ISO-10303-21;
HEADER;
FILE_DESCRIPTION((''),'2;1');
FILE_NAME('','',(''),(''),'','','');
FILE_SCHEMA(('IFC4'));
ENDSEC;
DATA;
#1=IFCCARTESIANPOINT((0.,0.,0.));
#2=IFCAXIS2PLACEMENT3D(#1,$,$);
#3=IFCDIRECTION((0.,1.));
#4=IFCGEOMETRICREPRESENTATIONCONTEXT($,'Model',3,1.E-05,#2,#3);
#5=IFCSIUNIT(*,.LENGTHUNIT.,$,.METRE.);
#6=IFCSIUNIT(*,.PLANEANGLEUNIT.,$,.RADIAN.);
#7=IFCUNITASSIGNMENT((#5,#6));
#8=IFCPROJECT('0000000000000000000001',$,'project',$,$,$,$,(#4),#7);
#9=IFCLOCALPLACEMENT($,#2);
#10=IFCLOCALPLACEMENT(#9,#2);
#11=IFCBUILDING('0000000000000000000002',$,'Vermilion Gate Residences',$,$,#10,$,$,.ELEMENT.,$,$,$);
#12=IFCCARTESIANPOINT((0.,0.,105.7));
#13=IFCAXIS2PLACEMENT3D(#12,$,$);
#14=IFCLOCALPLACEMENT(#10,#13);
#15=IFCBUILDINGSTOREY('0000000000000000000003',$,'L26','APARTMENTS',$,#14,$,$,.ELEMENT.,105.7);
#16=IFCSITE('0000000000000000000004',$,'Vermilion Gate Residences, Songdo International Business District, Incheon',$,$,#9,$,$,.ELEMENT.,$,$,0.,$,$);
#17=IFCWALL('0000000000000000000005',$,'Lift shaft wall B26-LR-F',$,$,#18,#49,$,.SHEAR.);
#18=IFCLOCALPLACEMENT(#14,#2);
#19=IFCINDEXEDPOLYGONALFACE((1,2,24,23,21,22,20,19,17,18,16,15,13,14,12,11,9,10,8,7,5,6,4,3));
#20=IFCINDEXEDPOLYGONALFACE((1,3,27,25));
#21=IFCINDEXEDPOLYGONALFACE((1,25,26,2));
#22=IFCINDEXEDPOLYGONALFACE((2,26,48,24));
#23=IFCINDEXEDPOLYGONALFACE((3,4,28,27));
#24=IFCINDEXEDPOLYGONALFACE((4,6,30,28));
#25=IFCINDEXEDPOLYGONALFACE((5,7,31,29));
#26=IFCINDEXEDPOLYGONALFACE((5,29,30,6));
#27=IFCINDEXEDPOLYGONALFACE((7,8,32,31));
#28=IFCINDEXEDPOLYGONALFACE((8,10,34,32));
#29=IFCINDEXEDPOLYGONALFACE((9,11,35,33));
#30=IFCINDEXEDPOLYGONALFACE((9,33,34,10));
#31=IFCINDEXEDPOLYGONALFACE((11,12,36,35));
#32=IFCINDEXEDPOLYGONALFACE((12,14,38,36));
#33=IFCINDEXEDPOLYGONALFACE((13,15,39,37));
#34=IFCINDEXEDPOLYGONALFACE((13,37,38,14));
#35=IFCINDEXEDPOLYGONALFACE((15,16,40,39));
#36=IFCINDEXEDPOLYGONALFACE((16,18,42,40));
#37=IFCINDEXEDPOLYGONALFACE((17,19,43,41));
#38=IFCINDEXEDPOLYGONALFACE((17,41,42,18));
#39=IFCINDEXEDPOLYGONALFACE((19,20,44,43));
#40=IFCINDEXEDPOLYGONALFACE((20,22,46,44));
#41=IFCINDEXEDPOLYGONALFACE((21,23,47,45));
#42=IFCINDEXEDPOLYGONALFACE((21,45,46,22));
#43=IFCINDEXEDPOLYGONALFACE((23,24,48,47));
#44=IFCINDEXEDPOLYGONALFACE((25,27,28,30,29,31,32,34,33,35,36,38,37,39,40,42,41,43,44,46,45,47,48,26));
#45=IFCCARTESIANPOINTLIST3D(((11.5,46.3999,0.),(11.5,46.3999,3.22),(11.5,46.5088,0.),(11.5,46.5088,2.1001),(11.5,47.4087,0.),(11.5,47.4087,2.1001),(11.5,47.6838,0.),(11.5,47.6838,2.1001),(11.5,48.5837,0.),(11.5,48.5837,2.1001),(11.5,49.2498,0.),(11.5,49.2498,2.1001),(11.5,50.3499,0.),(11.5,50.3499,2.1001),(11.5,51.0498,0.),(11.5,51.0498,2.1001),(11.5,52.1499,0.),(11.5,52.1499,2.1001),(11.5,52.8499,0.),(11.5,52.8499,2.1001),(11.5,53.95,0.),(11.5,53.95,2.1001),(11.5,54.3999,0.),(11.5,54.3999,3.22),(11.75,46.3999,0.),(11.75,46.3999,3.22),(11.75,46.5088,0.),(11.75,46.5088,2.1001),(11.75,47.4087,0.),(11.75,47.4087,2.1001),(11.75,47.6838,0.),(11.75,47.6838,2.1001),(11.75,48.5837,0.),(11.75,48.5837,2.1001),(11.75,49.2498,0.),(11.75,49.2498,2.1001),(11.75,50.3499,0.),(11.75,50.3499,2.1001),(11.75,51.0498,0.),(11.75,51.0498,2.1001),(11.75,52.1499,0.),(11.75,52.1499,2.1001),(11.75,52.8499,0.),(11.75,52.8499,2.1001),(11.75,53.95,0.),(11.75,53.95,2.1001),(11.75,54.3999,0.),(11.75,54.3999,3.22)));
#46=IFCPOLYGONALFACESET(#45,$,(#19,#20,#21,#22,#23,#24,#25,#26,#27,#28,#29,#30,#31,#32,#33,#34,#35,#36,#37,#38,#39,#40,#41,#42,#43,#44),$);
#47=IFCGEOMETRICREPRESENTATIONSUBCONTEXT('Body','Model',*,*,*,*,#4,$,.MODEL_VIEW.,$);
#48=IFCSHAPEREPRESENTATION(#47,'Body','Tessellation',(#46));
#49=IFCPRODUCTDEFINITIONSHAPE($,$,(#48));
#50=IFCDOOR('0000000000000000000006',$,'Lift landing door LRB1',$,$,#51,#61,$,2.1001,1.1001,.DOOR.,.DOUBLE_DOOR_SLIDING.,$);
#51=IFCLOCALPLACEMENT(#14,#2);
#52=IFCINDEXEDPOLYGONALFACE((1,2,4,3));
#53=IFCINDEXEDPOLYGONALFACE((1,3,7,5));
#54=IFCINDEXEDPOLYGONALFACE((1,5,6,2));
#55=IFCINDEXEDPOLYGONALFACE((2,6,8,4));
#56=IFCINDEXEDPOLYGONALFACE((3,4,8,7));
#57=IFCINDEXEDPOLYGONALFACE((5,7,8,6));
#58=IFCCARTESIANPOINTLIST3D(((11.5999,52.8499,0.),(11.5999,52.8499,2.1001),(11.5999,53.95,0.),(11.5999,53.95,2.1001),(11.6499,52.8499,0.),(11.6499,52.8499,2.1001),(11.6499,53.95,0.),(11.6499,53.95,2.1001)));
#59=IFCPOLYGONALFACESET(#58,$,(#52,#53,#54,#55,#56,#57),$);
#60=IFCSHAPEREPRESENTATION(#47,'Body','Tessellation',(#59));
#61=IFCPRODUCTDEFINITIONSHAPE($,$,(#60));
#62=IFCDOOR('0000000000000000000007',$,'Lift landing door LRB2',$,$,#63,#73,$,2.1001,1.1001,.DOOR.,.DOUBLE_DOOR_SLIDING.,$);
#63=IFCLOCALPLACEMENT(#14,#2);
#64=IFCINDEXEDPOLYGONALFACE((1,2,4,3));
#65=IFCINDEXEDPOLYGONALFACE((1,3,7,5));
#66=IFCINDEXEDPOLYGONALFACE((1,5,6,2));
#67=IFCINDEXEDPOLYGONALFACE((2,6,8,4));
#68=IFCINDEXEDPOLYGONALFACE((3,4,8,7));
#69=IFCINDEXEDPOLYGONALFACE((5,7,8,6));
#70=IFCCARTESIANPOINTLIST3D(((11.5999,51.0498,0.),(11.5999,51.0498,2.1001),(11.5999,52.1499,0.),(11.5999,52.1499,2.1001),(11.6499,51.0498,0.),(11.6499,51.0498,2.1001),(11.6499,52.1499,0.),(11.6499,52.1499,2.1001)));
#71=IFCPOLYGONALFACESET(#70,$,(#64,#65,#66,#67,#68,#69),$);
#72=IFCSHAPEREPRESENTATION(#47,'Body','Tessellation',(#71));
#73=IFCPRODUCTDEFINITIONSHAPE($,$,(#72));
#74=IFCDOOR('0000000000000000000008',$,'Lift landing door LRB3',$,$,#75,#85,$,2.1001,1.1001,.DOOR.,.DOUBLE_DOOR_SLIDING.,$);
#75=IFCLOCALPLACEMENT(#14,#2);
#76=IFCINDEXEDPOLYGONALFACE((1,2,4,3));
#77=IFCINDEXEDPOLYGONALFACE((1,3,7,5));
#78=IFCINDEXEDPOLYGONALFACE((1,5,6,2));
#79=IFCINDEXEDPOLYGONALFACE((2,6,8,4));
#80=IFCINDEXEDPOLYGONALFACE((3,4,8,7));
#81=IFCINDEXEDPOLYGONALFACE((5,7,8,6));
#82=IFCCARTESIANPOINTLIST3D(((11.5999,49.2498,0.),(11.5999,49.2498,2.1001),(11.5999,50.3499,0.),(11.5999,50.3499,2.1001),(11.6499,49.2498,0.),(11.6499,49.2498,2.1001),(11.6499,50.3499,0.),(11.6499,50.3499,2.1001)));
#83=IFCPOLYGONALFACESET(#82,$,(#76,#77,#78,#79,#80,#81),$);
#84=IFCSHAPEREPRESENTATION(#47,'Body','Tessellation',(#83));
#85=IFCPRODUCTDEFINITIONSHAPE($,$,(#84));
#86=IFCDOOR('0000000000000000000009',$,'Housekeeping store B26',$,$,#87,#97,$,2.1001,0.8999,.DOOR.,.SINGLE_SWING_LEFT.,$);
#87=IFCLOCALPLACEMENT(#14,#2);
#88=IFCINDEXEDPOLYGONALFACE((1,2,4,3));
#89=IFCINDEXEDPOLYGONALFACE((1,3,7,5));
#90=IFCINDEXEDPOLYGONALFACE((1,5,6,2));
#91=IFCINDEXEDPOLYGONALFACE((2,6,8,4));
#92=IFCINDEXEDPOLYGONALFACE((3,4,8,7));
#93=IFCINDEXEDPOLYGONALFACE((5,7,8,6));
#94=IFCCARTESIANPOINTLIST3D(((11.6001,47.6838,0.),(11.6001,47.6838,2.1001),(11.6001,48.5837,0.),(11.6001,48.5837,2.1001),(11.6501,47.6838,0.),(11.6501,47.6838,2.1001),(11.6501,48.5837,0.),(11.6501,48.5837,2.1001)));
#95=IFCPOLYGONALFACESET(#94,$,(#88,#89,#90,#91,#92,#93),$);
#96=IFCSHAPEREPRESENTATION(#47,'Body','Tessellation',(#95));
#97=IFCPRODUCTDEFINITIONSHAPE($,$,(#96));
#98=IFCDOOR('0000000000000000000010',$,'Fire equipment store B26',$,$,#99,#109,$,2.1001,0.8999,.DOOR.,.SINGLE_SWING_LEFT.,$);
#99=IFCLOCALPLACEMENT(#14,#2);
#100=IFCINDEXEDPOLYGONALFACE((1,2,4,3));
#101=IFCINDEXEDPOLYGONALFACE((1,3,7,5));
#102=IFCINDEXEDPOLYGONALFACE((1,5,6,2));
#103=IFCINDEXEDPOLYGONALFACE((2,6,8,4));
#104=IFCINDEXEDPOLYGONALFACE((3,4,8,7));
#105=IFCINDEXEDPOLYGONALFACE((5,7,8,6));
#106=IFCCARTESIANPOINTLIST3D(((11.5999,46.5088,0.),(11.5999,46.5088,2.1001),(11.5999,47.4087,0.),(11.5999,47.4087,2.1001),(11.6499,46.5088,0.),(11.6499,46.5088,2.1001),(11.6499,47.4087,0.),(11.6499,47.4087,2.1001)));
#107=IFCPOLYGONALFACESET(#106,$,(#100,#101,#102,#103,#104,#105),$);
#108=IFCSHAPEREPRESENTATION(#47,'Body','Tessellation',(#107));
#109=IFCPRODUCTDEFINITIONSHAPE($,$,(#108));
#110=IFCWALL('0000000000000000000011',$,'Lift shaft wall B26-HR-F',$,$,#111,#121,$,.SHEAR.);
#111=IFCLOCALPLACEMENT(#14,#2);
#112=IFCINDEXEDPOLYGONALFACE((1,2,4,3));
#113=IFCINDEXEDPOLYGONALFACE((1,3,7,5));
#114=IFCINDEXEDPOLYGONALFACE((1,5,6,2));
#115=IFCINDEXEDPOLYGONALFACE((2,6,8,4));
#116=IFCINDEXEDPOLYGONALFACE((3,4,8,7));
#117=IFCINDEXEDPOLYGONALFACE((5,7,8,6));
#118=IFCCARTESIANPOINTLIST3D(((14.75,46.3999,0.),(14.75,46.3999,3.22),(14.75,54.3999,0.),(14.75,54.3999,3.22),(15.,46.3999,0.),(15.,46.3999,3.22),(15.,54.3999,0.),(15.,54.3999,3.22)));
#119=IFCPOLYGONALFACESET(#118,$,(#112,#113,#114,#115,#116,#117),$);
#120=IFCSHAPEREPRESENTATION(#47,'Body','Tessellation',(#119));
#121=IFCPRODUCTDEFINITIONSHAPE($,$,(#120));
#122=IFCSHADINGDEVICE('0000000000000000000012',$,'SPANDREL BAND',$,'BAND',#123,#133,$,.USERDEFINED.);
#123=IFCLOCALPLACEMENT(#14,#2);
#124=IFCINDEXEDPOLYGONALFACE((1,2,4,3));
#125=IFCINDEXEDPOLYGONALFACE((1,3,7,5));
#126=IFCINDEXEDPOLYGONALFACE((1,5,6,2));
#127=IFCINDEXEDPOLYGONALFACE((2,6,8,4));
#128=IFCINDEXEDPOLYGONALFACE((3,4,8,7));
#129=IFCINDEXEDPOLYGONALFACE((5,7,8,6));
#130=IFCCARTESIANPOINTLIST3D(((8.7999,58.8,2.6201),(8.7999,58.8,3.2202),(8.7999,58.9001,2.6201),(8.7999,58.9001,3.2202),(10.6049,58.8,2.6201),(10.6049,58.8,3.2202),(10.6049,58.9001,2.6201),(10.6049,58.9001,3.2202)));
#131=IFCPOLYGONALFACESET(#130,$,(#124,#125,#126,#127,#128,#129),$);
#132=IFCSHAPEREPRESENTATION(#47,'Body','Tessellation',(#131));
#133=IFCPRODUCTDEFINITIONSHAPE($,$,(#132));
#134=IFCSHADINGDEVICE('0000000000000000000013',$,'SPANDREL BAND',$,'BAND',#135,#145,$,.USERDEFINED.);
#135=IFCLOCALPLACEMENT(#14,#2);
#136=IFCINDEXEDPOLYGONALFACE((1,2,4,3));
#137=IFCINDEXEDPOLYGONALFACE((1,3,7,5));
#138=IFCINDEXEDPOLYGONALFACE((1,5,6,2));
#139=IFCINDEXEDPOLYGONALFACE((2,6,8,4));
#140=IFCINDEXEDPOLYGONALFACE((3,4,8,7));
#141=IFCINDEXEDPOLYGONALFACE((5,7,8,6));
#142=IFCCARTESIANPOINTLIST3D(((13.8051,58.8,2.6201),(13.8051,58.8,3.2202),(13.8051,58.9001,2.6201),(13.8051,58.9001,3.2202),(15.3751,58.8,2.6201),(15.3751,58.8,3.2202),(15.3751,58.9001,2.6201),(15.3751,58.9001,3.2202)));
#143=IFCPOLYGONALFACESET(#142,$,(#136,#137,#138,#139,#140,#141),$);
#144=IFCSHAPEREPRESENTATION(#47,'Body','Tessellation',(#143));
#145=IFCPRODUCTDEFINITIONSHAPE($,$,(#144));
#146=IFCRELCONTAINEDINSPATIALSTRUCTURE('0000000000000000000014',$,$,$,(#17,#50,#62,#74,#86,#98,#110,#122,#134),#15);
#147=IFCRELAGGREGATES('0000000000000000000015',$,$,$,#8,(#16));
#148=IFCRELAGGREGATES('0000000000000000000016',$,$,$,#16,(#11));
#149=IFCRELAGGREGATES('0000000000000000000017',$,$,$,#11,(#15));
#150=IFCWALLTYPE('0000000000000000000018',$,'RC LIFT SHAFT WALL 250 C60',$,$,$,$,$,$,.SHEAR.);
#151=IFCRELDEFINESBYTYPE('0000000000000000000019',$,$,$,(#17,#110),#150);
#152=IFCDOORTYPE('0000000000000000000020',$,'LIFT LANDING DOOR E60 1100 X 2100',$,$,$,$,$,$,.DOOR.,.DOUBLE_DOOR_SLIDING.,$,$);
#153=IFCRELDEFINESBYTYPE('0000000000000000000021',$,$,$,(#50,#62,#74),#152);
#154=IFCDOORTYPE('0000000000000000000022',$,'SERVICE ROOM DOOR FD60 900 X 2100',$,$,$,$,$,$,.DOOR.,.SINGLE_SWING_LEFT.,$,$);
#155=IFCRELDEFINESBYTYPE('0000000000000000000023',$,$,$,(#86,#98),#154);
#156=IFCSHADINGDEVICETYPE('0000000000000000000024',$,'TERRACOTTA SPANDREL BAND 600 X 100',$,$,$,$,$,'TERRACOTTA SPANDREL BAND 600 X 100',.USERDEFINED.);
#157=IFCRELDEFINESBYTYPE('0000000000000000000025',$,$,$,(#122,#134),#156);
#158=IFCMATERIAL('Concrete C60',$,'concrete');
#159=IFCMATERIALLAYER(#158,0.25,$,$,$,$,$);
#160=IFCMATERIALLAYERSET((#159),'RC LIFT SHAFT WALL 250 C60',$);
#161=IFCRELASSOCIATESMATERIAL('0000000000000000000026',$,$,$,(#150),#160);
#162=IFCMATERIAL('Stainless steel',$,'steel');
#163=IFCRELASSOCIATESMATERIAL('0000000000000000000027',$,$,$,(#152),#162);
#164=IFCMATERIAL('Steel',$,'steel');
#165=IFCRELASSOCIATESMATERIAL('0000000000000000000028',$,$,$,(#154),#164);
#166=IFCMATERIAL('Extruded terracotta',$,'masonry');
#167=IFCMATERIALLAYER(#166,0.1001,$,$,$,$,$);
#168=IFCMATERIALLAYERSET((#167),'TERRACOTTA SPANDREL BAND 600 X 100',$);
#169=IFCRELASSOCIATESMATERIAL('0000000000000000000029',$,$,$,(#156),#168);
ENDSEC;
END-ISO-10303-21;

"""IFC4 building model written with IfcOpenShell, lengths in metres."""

from ifc_helpers import new_model, si_unit, direction, frame, frame_2d, origin, origin_2d, place, context, subcontext, project, spatial, rectangle, extrude, material, layer, layer_set, type_object, element, fill, save


model = new_model("IFC4")

# Units and contexts
model_context = context("Model", 3, precision=1e-05, world=origin(), true_north=direction((0.0, 1.0)))
body_context = subcontext(model_context, "Body", "Model", "MODEL_VIEW")
ifc_project = project(units=[si_unit("LENGTHUNIT", "METRE"), si_unit("PLANEANGLEUNIT", "RADIAN")], contexts=[model_context])

# Site, building, storey
site_placement = place(None, origin())
site = spatial("IfcSite", under=ifc_project, at=site_placement, Name="Vermilion Gate Residences, Songdo International Business District, Incheon", CompositionType="ELEMENT", RefElevation=0.0)
building_placement = place(site_placement, origin())
building = spatial("IfcBuilding", under=site, at=building_placement, Name="Vermilion Gate Residences", CompositionType="ELEMENT")
storey_placement = place(building_placement, frame((0.0, 0.0, 105.7)))
storey = spatial("IfcBuildingStorey", under=building, at=storey_placement, Name="L26", Description="APARTMENTS", CompositionType="ELEMENT", Elevation=105.7)

# Wall, openings, doors
ifc_material_1 = material(Name="Concrete C60", Category="concrete")
ifc_layer_1 = layer(ifc_material_1, 0.25)
ifc_layer_set_1 = layer_set([ifc_layer_1], Name="RC LIFT SHAFT WALL 250 C60")
wall_type_1 = type_object("IfcWallType", Name="RC LIFT SHAFT WALL 250 C60", PredefinedType="SHEAR", material=ifc_layer_set_1)
wall_1_placement = place(storey_placement, frame((11.625, 54.3999, 0.0), z_axis=(0.0, 0.0, 1.0), x_axis=(0.0, -1.0, 0.0)))
wall_1 = element("IfcWall", 1, at=wall_1_placement, inside=storey, type_object=wall_type_1, Name="Lift shaft wall B26-LR-F", PredefinedType="SHEAR", context=body_context, shape_type="SweptSolid", body=[
    extrude(rectangle(XDim=8.0, YDim=0.25, at=frame_2d((4.0, 0.0))), origin(), (0.0, 0.0, 1.0), 3.22),
])
opening_1_placement = place(wall_1_placement, frame((0.45, 0.0, 0.0)))
opening_1 = element("IfcOpeningElement", 2, at=opening_1_placement, cuts=wall_1, PredefinedType="OPENING", context=body_context, shape_type="SweptSolid", body=[
    extrude(rectangle(XDim=1.1001, YDim=2.1001, at=frame_2d((0.55, 1.05))), frame((0.0, 0.135, 0.0), z_axis=(0.0, -1.0, 0.0), x_axis=(1.0, 0.0, 0.0)), (0.0, 0.0, 1.0), 0.27),
])
opening_2_placement = place(wall_1_placement, frame((2.25, 0.0, 0.0)))
opening_2 = element("IfcOpeningElement", 3, at=opening_2_placement, cuts=wall_1, PredefinedType="OPENING", context=body_context, shape_type="SweptSolid", body=[
    extrude(rectangle(XDim=1.1001, YDim=2.1001, at=frame_2d((0.55, 1.05))), frame((0.0, 0.135, 0.0), z_axis=(0.0, -1.0, 0.0), x_axis=(1.0, 0.0, 0.0)), (0.0, 0.0, 1.0), 0.27),
])
opening_3_placement = place(wall_1_placement, frame((4.05, 0.0, 0.0)))
opening_3 = element("IfcOpeningElement", 4, at=opening_3_placement, cuts=wall_1, PredefinedType="OPENING", context=body_context, shape_type="SweptSolid", body=[
    extrude(rectangle(XDim=1.1001, YDim=2.1001, at=frame_2d((0.55, 1.05))), frame((0.0, 0.135, 0.0), z_axis=(0.0, -1.0, 0.0), x_axis=(1.0, 0.0, 0.0)), (0.0, 0.0, 1.0), 0.27),
])
opening_4_placement = place(wall_1_placement, frame((5.8162, 0.0, 0.0)))
opening_4 = element("IfcOpeningElement", 5, at=opening_4_placement, cuts=wall_1, PredefinedType="OPENING", context=body_context, shape_type="SweptSolid", body=[
    extrude(rectangle(XDim=0.8999, YDim=2.1001, at=frame_2d((0.45, 1.05))), frame((0.0, 0.135, 0.0), z_axis=(0.0, -1.0, 0.0), x_axis=(1.0, 0.0, 0.0)), (0.0, 0.0, 1.0), 0.27),
])
opening_5_placement = place(wall_1_placement, frame((6.9912, 0.0, 0.0)))
opening_5 = element("IfcOpeningElement", 6, at=opening_5_placement, cuts=wall_1, PredefinedType="OPENING", context=body_context, shape_type="SweptSolid", body=[
    extrude(rectangle(XDim=0.8999, YDim=2.1001, at=frame_2d((0.45, 1.05))), frame((0.0, 0.135, 0.0), z_axis=(0.0, -1.0, 0.0), x_axis=(1.0, 0.0, 0.0)), (0.0, 0.0, 1.0), 0.27),
])
ifc_material_2 = material(Name="Stainless steel", Category="steel")
door_type_1 = type_object("IfcDoorType", Name="LIFT LANDING DOOR E60 1100 X 2100", OperationType="DOUBLE_DOOR_SLIDING", PredefinedType="DOOR", material=ifc_material_2)
door_1_placement = place(opening_1_placement, origin())
door_1 = element("IfcDoor", 7, at=door_1_placement, inside=storey, type_object=door_type_1, Name="Lift landing door LRB1", OperationType="DOUBLE_DOOR_SLIDING", OverallHeight=2.1001, OverallWidth=1.1001, PredefinedType="DOOR", context=body_context, shape_type="SweptSolid", body=[
    extrude(rectangle(XDim=1.1001, YDim=2.1001, at=frame_2d((0.55, 1.05))), frame((0.0, 0.0249, 0.0), z_axis=(0.0, -1.0, 0.0), x_axis=(1.0, 0.0, 0.0)), (0.0, 0.0, 1.0), 0.05),
])
fill(opening_1, door_1)
door_2_placement = place(opening_2_placement, origin())
door_2 = element("IfcDoor", 8, at=door_2_placement, inside=storey, type_object=door_type_1, Name="Lift landing door LRB2", OperationType="DOUBLE_DOOR_SLIDING", OverallHeight=2.1001, OverallWidth=1.1001, PredefinedType="DOOR", context=body_context, shape_type="SweptSolid", body=[
    extrude(rectangle(XDim=1.1001, YDim=2.1001, at=frame_2d((0.55, 1.05))), frame((0.0, 0.0249, 0.0), z_axis=(0.0, -1.0, 0.0), x_axis=(1.0, 0.0, 0.0)), (0.0, 0.0, 1.0), 0.05),
])
fill(opening_2, door_2)
door_3_placement = place(opening_3_placement, origin())
door_3 = element("IfcDoor", 9, at=door_3_placement, inside=storey, type_object=door_type_1, Name="Lift landing door LRB3", OperationType="DOUBLE_DOOR_SLIDING", OverallHeight=2.1001, OverallWidth=1.1001, PredefinedType="DOOR", context=body_context, shape_type="SweptSolid", body=[
    extrude(rectangle(XDim=1.1001, YDim=2.1001, at=frame_2d((0.55, 1.05))), frame((0.0, 0.0249, 0.0), z_axis=(0.0, -1.0, 0.0), x_axis=(1.0, 0.0, 0.0)), (0.0, 0.0, 1.0), 0.05),
])
fill(opening_3, door_3)
ifc_material_3 = material(Name="Steel", Category="steel")
door_type_2 = type_object("IfcDoorType", Name="SERVICE ROOM DOOR FD60 900 X 2100", OperationType="SINGLE_SWING_LEFT", PredefinedType="DOOR", material=ifc_material_3)
door_4_placement = place(opening_4_placement, frame((0.8999, 0.0, 0.0), z_axis=(0.0, 0.0, 1.0), x_axis=(-1.0, 0.0, 0.0)))
door_4 = element("IfcDoor", 10, at=door_4_placement, inside=storey, type_object=door_type_2, Name="Housekeeping store B26", OperationType="SINGLE_SWING_LEFT", OverallHeight=2.1001, OverallWidth=0.8999, PredefinedType="DOOR", context=body_context, shape_type="SweptSolid", body=[
    extrude(rectangle(XDim=0.8999, YDim=2.1001, at=frame_2d((0.45, 1.05))), frame((0.0, 0.0249, 0.0), z_axis=(0.0, -1.0, 0.0), x_axis=(1.0, 0.0, 0.0)), (0.0, 0.0, 1.0), 0.05),
])
fill(opening_4, door_4)
door_5_placement = place(opening_5_placement, origin())
door_5 = element("IfcDoor", 11, at=door_5_placement, inside=storey, type_object=door_type_2, Name="Fire equipment store B26", OperationType="SINGLE_SWING_LEFT", OverallHeight=2.1001, OverallWidth=0.8999, PredefinedType="DOOR", context=body_context, shape_type="SweptSolid", body=[
    extrude(rectangle(XDim=0.8999, YDim=2.1001, at=frame_2d((0.45, 1.05))), frame((0.0, 0.0249, 0.0), z_axis=(0.0, -1.0, 0.0), x_axis=(1.0, 0.0, 0.0)), (0.0, 0.0, 1.0), 0.05),
])
fill(opening_5, door_5)

# Wall
wall_2_placement = place(storey_placement, frame((14.875, 54.3999, 0.0), z_axis=(0.0, 0.0, 1.0), x_axis=(0.0, -1.0, 0.0)))
element("IfcWall", 12, at=wall_2_placement, inside=storey, type_object=wall_type_1, Name="Lift shaft wall B26-HR-F", PredefinedType="SHEAR", context=body_context, shape_type="SweptSolid", body=[
    extrude(rectangle(XDim=8.0, YDim=0.25, at=frame_2d((4.0, 0.0))), origin(), (0.0, 0.0, 1.0), 3.22),
])

# Shading devices
ifc_material_4 = material(Name="Extruded terracotta", Category="masonry")
ifc_layer_2 = layer(ifc_material_4, 0.1001)
ifc_layer_set_2 = layer_set([ifc_layer_2], Name="TERRACOTTA SPANDREL BAND 600 X 100")
shading_device_type = type_object("IfcShadingDeviceType", Name="TERRACOTTA SPANDREL BAND 600 X 100", ElementType="TERRACOTTA SPANDREL BAND 600 X 100", PredefinedType="USERDEFINED", material=ifc_layer_set_2)
shading_device_1_placement = place(storey_placement, frame((9.7024, 58.8501, 2.6201), z_axis=(0.0, 0.0, 1.0), x_axis=(1.0, 0.0, 0.0)))
element("IfcShadingDevice", 13, at=shading_device_1_placement, inside=storey, type_object=shading_device_type, Name="SPANDREL BAND", ObjectType="BAND", PredefinedType="USERDEFINED", context=body_context, shape_type="SweptSolid", body=[
    extrude(rectangle(XDim=1.8049, YDim=0.1001, at=origin_2d()), origin(), (0.0, 0.0, 1.0), 0.6001),
])
shading_device_2_placement = place(storey_placement, frame((14.5901, 58.8501, 2.6201), z_axis=(0.0, 0.0, 1.0), x_axis=(1.0, 0.0, 0.0)))
element("IfcShadingDevice", 14, at=shading_device_2_placement, inside=storey, type_object=shading_device_type, Name="SPANDREL BAND", ObjectType="BAND", PredefinedType="USERDEFINED", context=body_context, shape_type="SweptSolid", body=[
    extrude(rectangle(XDim=1.5701, YDim=0.1001, at=origin_2d()), origin(), (0.0, 0.0, 1.0), 0.6001),
])

save(model, "model.ifc")
